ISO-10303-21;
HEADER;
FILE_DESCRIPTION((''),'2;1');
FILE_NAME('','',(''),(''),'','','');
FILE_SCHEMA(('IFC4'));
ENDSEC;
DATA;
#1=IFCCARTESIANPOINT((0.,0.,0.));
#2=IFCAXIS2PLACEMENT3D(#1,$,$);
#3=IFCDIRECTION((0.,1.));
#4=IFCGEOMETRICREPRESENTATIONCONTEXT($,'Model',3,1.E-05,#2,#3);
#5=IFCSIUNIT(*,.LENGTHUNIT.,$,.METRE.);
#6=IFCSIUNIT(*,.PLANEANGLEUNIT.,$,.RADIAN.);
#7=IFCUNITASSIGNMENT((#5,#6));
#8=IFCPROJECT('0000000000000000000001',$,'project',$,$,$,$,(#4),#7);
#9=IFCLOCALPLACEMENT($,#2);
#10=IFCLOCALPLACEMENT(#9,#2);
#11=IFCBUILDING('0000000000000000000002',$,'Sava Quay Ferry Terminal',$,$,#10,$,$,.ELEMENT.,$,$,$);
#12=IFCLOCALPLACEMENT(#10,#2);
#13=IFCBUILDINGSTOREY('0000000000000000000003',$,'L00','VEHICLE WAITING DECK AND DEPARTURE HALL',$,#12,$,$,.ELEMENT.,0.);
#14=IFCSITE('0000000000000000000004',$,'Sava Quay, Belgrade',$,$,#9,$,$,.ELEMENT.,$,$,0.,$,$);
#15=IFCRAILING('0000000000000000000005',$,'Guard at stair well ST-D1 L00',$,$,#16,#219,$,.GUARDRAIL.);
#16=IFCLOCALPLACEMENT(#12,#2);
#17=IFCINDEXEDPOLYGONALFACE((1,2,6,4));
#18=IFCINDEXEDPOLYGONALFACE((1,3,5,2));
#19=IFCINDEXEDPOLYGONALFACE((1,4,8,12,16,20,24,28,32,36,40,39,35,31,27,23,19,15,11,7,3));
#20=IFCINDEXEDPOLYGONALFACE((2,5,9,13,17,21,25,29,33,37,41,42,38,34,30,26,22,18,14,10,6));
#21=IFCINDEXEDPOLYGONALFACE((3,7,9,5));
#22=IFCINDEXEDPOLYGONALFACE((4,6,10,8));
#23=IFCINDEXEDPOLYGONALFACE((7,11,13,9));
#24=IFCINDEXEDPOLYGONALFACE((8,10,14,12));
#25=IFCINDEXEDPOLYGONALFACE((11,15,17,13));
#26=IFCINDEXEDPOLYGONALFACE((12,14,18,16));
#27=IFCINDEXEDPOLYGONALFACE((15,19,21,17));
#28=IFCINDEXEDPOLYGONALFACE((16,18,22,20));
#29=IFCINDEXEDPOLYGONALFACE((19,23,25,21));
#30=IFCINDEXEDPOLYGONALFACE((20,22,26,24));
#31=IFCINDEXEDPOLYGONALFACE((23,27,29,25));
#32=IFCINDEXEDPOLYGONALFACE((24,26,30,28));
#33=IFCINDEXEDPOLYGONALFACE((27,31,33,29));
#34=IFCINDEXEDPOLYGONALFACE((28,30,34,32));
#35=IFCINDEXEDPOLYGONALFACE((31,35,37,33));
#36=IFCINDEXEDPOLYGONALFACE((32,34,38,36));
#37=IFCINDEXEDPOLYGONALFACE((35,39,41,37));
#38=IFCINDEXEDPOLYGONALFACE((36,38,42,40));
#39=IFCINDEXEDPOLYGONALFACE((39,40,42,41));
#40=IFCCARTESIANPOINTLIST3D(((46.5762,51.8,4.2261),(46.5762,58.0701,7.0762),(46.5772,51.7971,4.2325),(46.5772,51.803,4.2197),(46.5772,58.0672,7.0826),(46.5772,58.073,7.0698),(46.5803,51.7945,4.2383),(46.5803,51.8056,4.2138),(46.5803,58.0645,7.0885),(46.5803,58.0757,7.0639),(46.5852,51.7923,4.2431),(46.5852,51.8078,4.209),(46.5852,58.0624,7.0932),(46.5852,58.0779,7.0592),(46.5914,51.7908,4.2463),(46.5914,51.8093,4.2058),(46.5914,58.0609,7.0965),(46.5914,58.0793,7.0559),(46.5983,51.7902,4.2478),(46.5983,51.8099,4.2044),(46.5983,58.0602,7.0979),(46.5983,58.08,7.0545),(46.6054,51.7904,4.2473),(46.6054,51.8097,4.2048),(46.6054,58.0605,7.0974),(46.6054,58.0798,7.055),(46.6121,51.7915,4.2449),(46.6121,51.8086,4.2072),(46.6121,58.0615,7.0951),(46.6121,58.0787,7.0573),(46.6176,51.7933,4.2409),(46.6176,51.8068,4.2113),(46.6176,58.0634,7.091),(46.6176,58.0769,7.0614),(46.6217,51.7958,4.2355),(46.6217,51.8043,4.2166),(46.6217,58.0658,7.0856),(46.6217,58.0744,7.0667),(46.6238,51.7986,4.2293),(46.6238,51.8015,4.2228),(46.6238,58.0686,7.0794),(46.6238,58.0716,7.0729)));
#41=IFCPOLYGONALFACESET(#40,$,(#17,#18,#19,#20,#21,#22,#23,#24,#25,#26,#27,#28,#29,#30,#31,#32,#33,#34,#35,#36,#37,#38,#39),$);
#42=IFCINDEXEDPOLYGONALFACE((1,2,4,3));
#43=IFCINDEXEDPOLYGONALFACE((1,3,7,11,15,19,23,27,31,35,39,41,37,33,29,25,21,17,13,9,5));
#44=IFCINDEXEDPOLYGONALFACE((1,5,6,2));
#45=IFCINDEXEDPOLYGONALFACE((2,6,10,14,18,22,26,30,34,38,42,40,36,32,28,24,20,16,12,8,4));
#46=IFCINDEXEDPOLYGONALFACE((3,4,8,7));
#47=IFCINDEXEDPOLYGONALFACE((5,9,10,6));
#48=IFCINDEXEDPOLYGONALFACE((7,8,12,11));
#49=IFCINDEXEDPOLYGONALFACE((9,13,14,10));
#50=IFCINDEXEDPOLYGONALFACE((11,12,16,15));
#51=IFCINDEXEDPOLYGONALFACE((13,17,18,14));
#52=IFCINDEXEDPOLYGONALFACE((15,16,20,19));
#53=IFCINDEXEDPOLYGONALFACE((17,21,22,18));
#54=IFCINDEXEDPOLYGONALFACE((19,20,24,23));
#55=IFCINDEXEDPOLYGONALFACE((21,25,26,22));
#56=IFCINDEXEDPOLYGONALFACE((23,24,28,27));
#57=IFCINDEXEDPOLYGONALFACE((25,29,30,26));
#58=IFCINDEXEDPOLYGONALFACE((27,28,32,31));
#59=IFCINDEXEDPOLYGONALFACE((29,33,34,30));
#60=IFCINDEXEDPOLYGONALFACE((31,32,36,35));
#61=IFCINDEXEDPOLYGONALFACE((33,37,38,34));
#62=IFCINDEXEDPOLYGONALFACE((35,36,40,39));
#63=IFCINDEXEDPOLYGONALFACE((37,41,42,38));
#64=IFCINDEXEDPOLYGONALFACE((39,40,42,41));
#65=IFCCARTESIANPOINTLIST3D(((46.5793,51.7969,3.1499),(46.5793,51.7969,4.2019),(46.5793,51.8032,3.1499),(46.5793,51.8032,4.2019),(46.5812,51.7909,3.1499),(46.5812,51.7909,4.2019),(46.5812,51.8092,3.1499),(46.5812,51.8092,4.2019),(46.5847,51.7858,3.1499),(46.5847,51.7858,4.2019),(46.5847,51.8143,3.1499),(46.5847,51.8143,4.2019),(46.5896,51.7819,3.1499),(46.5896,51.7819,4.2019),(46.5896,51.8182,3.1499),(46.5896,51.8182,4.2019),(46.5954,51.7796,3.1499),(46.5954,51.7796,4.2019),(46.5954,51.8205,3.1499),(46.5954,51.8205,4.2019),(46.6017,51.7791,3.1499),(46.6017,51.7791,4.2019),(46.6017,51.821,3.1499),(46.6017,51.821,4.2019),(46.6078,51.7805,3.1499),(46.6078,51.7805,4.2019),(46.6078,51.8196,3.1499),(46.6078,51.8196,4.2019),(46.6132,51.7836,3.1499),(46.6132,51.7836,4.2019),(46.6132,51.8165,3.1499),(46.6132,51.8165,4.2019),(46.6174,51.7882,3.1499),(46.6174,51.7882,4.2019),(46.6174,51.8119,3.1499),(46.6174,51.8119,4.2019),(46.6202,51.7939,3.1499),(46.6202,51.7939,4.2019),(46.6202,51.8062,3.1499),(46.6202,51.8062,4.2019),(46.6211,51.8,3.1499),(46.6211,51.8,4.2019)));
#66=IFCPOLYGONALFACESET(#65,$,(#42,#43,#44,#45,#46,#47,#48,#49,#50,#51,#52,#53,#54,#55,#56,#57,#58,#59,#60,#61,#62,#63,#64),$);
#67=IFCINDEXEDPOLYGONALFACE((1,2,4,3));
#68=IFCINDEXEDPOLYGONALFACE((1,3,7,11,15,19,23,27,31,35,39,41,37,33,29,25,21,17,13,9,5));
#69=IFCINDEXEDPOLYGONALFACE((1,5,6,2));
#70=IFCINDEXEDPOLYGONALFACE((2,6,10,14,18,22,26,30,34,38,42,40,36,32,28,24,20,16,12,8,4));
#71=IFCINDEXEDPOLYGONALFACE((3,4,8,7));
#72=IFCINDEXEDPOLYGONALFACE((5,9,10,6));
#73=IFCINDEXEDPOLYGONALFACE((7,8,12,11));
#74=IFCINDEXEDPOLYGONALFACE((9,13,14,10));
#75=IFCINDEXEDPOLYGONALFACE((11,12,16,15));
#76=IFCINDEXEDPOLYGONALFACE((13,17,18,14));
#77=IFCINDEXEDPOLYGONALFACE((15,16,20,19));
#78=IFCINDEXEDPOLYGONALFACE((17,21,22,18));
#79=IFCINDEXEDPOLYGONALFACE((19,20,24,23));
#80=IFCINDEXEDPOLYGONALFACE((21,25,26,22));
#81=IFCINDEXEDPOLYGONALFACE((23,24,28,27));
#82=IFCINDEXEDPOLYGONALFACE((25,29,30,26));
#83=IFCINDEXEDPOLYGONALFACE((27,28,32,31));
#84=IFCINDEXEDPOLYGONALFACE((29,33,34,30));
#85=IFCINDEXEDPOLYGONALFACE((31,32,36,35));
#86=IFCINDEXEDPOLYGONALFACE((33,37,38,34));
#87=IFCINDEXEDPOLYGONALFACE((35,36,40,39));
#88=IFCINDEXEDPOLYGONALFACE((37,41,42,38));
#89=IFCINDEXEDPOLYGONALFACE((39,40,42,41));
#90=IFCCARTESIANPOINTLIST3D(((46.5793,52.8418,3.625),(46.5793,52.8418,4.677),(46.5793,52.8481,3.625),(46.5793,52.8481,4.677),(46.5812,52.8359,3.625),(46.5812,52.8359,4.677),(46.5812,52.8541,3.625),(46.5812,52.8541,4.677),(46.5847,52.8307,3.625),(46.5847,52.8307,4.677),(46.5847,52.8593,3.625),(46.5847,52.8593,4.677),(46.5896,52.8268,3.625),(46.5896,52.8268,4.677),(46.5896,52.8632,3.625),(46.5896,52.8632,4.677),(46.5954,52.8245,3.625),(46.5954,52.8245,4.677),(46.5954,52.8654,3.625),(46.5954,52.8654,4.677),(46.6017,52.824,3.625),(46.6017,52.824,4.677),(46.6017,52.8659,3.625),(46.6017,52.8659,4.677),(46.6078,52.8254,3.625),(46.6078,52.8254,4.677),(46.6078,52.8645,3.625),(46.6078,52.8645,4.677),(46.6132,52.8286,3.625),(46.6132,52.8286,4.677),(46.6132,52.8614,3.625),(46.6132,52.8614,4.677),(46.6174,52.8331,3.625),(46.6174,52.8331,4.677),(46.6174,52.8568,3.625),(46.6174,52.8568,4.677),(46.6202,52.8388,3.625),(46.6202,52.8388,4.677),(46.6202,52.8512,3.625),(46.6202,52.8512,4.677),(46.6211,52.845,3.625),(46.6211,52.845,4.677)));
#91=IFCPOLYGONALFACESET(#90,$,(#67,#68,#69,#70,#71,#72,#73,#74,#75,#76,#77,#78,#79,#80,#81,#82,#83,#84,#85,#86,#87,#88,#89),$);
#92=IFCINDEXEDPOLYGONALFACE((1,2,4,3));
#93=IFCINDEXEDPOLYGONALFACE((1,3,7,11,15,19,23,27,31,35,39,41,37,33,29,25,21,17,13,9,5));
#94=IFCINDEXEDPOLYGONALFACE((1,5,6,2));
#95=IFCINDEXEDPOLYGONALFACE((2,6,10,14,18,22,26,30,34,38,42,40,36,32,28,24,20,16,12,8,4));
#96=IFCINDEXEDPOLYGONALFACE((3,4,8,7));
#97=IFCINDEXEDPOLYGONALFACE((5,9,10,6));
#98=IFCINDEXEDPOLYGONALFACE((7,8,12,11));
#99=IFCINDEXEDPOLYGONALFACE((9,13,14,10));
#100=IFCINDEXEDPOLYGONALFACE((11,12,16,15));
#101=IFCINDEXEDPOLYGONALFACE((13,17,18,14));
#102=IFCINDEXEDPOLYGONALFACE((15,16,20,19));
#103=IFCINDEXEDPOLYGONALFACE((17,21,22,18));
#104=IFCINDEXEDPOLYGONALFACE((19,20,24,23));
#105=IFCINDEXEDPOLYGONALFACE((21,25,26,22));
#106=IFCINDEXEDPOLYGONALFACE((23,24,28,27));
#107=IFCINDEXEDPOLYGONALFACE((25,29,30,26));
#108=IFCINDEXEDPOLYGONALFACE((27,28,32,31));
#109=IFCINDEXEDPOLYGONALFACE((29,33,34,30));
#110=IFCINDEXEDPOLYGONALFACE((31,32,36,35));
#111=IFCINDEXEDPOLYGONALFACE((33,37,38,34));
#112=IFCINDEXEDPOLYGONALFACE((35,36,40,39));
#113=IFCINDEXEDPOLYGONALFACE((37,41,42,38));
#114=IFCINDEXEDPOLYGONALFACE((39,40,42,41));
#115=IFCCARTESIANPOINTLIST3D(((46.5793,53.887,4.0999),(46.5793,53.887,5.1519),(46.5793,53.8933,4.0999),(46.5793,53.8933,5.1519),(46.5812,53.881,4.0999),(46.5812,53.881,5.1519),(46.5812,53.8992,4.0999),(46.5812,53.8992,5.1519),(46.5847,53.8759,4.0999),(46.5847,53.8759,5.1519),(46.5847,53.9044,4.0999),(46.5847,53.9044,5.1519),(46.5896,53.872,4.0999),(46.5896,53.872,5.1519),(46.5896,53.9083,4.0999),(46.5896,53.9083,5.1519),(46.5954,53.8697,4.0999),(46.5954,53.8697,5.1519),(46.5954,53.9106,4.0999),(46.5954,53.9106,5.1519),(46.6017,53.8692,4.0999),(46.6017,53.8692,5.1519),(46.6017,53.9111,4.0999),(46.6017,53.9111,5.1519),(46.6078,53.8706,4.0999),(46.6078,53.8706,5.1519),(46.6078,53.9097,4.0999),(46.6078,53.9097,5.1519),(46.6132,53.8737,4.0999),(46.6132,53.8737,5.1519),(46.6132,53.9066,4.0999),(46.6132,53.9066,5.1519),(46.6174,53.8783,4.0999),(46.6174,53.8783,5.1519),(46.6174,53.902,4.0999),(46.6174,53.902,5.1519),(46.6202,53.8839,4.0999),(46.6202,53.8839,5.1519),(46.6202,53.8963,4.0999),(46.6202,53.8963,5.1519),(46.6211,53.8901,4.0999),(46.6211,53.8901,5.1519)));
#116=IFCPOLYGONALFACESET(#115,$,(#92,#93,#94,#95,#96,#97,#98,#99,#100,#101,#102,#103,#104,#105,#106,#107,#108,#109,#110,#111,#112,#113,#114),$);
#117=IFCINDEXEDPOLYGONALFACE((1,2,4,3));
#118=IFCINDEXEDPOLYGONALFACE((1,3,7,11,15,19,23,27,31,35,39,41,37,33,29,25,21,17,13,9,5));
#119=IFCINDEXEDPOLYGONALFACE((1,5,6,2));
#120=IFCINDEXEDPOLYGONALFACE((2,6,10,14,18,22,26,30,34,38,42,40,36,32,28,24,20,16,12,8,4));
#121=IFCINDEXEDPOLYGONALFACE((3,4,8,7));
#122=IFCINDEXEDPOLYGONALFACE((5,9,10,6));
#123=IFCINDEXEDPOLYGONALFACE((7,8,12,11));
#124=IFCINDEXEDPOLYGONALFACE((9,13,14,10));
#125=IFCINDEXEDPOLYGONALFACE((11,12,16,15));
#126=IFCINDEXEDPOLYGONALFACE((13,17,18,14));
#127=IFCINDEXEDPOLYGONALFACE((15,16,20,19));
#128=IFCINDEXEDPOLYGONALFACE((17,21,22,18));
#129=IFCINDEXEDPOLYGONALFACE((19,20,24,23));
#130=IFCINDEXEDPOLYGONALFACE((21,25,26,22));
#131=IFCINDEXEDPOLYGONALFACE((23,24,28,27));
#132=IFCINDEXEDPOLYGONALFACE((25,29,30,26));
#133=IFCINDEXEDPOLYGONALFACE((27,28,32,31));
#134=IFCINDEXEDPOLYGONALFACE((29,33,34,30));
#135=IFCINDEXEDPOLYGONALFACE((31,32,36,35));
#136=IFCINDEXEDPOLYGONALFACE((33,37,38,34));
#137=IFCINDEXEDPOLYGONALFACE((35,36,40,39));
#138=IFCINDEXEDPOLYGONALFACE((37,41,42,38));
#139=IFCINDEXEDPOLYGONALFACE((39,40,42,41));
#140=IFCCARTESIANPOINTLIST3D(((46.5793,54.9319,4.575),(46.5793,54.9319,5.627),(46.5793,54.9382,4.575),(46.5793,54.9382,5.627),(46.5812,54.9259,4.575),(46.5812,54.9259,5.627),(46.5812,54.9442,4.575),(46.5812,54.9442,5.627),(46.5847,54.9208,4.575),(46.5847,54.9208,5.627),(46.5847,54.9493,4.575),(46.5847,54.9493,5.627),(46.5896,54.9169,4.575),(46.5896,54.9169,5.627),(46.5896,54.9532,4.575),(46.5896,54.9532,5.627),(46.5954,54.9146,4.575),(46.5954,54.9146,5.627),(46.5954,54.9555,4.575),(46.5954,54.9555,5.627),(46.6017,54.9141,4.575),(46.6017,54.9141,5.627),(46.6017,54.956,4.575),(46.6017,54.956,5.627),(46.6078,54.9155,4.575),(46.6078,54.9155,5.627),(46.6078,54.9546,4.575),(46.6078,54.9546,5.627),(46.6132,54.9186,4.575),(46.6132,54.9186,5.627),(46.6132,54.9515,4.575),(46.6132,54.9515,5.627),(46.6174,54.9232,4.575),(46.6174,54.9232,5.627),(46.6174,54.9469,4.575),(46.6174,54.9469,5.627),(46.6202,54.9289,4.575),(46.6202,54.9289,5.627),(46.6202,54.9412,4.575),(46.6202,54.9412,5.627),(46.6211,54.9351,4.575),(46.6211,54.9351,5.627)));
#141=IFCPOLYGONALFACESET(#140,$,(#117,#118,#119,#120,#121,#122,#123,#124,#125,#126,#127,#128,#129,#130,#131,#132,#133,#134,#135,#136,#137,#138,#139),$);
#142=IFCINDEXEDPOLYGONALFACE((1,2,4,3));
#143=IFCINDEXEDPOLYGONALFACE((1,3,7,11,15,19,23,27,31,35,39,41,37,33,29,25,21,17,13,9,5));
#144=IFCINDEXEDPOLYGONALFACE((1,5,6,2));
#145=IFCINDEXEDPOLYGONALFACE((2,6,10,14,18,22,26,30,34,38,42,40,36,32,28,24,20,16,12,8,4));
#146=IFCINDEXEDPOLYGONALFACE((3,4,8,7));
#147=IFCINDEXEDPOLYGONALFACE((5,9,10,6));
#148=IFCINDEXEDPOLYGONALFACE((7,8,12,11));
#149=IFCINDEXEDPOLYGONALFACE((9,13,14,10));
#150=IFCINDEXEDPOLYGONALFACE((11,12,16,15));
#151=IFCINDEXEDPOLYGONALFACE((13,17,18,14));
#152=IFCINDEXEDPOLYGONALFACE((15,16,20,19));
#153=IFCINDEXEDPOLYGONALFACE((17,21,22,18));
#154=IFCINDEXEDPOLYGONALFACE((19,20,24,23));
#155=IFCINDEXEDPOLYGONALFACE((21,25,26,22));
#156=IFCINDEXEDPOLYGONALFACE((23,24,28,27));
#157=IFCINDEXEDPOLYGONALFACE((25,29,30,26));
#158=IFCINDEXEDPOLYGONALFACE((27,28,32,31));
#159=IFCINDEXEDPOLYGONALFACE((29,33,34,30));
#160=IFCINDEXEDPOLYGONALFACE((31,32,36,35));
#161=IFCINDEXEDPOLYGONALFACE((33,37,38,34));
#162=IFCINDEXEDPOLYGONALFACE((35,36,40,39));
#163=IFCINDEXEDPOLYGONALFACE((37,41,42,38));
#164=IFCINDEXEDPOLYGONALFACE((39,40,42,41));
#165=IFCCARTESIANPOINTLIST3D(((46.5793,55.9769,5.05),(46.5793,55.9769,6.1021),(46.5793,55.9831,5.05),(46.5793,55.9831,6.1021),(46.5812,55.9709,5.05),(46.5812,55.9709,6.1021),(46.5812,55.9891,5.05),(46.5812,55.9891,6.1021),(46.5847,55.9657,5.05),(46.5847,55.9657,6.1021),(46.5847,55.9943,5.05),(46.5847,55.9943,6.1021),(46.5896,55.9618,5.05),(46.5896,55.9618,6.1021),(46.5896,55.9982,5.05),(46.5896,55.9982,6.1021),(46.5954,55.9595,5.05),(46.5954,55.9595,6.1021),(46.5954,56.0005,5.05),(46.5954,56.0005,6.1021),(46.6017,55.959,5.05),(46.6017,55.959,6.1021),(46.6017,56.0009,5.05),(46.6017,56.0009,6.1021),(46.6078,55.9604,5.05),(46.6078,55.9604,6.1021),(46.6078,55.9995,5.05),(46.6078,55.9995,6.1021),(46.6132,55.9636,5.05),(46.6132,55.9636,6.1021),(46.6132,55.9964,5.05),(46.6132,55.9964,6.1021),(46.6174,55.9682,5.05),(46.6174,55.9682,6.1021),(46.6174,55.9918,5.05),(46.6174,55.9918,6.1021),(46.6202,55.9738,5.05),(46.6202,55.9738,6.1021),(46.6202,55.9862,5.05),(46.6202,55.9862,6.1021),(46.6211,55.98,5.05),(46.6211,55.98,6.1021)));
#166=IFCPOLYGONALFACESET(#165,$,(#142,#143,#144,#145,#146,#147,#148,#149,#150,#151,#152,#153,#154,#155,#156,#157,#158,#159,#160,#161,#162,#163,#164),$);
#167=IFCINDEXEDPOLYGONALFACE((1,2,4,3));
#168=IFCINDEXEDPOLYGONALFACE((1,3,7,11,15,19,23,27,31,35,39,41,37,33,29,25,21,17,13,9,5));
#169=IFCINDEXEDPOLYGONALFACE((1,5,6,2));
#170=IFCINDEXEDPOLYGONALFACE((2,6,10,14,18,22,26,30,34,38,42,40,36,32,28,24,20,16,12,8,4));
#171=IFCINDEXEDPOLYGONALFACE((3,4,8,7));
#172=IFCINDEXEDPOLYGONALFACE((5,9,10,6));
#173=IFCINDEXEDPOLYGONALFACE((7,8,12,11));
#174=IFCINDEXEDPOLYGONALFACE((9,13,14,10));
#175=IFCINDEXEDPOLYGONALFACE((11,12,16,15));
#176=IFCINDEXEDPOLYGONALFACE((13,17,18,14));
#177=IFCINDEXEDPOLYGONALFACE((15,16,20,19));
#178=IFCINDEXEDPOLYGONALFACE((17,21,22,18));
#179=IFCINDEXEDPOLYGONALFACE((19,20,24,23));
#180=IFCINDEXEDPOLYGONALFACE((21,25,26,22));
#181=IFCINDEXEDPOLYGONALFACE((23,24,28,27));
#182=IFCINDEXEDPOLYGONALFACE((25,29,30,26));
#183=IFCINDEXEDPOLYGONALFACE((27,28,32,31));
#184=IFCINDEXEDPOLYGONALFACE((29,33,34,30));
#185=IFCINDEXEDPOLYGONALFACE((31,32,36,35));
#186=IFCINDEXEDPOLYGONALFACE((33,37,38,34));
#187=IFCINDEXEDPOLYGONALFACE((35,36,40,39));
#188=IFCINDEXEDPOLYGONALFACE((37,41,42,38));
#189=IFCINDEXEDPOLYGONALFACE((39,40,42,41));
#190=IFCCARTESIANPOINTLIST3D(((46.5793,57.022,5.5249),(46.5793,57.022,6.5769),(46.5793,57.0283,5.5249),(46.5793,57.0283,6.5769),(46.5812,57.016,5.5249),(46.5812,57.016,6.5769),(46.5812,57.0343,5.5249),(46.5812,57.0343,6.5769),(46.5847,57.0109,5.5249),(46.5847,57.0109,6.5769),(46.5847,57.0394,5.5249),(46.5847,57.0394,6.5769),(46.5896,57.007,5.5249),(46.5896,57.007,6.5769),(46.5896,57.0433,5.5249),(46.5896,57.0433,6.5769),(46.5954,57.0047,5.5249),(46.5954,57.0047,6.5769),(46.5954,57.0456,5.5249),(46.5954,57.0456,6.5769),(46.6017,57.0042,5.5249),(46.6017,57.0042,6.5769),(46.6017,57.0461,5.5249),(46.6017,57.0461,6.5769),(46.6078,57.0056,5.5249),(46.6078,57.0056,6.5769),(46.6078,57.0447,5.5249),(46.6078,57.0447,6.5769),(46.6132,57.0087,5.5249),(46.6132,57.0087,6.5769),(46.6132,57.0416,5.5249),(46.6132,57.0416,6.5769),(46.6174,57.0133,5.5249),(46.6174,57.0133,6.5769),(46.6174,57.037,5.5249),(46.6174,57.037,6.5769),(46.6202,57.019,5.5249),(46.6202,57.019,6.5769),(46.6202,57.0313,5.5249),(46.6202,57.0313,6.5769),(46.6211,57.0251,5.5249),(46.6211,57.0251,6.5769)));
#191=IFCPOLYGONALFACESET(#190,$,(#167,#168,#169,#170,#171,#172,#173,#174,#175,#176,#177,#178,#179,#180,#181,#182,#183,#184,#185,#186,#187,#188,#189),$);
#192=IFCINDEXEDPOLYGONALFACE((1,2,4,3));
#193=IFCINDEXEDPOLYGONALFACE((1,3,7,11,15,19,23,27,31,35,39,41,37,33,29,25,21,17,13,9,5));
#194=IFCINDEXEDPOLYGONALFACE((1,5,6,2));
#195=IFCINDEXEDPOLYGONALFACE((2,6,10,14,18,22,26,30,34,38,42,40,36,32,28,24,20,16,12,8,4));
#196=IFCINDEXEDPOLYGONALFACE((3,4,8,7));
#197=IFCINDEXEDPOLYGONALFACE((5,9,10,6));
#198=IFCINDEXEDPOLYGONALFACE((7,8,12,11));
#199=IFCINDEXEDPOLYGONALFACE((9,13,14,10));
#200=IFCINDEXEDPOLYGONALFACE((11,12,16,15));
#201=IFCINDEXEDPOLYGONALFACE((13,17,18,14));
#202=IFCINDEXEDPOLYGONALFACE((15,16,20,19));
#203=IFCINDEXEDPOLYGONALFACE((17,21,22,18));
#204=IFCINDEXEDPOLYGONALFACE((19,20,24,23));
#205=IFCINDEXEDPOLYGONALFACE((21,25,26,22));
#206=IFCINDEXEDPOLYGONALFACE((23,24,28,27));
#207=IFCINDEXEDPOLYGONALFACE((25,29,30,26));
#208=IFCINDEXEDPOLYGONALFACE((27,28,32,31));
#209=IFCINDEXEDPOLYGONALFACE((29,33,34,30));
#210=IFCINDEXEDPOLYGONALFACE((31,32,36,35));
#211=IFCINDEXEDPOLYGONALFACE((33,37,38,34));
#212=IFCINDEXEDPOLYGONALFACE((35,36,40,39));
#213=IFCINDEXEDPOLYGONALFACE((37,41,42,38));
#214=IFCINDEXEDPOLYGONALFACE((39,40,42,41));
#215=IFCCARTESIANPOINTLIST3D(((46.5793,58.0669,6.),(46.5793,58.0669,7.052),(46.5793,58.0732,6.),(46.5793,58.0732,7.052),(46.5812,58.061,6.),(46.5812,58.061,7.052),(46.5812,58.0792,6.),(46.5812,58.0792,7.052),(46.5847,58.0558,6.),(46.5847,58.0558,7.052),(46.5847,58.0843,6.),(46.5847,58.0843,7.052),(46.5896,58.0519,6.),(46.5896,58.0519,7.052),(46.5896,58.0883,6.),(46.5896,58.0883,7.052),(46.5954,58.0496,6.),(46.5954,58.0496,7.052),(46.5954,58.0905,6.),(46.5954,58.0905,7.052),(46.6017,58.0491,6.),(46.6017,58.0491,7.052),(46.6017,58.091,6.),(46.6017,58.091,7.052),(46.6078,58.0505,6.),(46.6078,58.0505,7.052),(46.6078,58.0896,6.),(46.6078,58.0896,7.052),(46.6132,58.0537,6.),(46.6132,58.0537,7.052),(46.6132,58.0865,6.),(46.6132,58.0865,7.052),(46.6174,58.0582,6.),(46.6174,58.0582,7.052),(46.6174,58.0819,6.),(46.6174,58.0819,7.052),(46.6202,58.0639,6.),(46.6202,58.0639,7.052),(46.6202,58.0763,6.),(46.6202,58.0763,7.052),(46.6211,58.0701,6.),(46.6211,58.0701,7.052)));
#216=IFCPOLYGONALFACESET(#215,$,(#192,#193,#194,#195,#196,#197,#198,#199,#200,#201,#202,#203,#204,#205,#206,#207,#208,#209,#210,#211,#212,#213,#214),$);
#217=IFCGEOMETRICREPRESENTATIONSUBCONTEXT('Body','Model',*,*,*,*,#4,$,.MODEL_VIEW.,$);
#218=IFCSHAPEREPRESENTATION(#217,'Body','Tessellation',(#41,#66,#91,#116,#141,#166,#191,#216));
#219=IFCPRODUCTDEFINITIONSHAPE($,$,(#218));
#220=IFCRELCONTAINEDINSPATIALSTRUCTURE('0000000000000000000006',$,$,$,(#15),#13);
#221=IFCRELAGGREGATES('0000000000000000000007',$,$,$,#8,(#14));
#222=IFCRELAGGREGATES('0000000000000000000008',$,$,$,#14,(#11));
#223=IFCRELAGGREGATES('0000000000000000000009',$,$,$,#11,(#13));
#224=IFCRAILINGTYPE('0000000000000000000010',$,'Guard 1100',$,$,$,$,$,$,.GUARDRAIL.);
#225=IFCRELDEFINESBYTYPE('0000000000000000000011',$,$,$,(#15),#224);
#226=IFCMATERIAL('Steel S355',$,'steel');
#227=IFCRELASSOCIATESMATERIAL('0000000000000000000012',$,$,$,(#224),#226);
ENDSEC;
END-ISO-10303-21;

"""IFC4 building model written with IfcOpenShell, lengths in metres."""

from ifc_helpers import new_model, si_unit, direction, frame, origin, origin_2d, place, context, subcontext, project, spatial, circle, extrude, material, type_object, element, save


model = new_model("IFC4")

# Units and contexts
model_context = context("Model", 3, precision=1e-05, world=origin(), true_north=direction((0.0, 1.0)))
body_context = subcontext(model_context, "Body", "Model", "MODEL_VIEW")
ifc_project = project(units=[si_unit("LENGTHUNIT", "METRE"), si_unit("PLANEANGLEUNIT", "RADIAN")], contexts=[model_context])

# Site, building, storey
site_placement = place(None, origin())
site = spatial("IfcSite", under=ifc_project, at=site_placement, Name="Sava Quay, Belgrade", CompositionType="ELEMENT", RefElevation=0.0)
building_placement = place(site_placement, origin())
building = spatial("IfcBuilding", under=site, at=building_placement, Name="Sava Quay Ferry Terminal", CompositionType="ELEMENT")
storey_placement = place(building_placement, origin())
storey = spatial("IfcBuildingStorey", under=building, at=storey_placement, Name="L00", Description="VEHICLE WAITING DECK AND DEPARTURE HALL", CompositionType="ELEMENT", Elevation=0.0)

# Railing
ifc_material_1 = material(Name="Steel S355", Category="steel")
railing_type_1 = type_object("IfcRailingType", Name="Guard 1100", PredefinedType="GUARDRAIL", material=ifc_material_1)
railing_1_placement = place(storey_placement, frame((46.6001, 51.8, 3.1499)))
element("IfcRailing", 1, at=railing_1_placement, inside=storey, type_object=railing_type_1, Name="Guard at stair well ST-D1 L00", PredefinedType="GUARDRAIL", context=body_context, shape_type="SweptSolid", body=[
    extrude(circle(Radius=0.0239, at=origin_2d()), frame((0.0, 0.0, 1.0762), z_axis=(0.0, 0.910362, 0.413814), x_axis=(-1.0, 0.0, 0.0)), (0.0, 0.0, 1.0), 6.8875),
    extrude(circle(Radius=0.021, at=origin_2d()), origin(), (0.0, 0.0, 1.0), 1.052),
    extrude(circle(Radius=0.021, at=origin_2d()), frame((0.0, 1.0449, 0.4751)), (0.0, 0.0, 1.0), 1.052),
    extrude(circle(Radius=0.021, at=origin_2d()), frame((0.0, 2.0901, 0.95)), (0.0, 0.0, 1.0), 1.052),
    extrude(circle(Radius=0.021, at=origin_2d()), frame((0.0, 3.135, 1.425)), (0.0, 0.0, 1.0), 1.052),
    extrude(circle(Radius=0.021, at=origin_2d()), frame((0.0, 4.1799, 1.9001)), (0.0, 0.0, 1.0), 1.052),
    extrude(circle(Radius=0.021, at=origin_2d()), frame((0.0, 5.2251, 2.375)), (0.0, 0.0, 1.0), 1.052),
    extrude(circle(Radius=0.021, at=origin_2d()), frame((0.0, 6.27, 2.8501)), (0.0, 0.0, 1.0), 1.052),
])

save(model, "model.ifc")
